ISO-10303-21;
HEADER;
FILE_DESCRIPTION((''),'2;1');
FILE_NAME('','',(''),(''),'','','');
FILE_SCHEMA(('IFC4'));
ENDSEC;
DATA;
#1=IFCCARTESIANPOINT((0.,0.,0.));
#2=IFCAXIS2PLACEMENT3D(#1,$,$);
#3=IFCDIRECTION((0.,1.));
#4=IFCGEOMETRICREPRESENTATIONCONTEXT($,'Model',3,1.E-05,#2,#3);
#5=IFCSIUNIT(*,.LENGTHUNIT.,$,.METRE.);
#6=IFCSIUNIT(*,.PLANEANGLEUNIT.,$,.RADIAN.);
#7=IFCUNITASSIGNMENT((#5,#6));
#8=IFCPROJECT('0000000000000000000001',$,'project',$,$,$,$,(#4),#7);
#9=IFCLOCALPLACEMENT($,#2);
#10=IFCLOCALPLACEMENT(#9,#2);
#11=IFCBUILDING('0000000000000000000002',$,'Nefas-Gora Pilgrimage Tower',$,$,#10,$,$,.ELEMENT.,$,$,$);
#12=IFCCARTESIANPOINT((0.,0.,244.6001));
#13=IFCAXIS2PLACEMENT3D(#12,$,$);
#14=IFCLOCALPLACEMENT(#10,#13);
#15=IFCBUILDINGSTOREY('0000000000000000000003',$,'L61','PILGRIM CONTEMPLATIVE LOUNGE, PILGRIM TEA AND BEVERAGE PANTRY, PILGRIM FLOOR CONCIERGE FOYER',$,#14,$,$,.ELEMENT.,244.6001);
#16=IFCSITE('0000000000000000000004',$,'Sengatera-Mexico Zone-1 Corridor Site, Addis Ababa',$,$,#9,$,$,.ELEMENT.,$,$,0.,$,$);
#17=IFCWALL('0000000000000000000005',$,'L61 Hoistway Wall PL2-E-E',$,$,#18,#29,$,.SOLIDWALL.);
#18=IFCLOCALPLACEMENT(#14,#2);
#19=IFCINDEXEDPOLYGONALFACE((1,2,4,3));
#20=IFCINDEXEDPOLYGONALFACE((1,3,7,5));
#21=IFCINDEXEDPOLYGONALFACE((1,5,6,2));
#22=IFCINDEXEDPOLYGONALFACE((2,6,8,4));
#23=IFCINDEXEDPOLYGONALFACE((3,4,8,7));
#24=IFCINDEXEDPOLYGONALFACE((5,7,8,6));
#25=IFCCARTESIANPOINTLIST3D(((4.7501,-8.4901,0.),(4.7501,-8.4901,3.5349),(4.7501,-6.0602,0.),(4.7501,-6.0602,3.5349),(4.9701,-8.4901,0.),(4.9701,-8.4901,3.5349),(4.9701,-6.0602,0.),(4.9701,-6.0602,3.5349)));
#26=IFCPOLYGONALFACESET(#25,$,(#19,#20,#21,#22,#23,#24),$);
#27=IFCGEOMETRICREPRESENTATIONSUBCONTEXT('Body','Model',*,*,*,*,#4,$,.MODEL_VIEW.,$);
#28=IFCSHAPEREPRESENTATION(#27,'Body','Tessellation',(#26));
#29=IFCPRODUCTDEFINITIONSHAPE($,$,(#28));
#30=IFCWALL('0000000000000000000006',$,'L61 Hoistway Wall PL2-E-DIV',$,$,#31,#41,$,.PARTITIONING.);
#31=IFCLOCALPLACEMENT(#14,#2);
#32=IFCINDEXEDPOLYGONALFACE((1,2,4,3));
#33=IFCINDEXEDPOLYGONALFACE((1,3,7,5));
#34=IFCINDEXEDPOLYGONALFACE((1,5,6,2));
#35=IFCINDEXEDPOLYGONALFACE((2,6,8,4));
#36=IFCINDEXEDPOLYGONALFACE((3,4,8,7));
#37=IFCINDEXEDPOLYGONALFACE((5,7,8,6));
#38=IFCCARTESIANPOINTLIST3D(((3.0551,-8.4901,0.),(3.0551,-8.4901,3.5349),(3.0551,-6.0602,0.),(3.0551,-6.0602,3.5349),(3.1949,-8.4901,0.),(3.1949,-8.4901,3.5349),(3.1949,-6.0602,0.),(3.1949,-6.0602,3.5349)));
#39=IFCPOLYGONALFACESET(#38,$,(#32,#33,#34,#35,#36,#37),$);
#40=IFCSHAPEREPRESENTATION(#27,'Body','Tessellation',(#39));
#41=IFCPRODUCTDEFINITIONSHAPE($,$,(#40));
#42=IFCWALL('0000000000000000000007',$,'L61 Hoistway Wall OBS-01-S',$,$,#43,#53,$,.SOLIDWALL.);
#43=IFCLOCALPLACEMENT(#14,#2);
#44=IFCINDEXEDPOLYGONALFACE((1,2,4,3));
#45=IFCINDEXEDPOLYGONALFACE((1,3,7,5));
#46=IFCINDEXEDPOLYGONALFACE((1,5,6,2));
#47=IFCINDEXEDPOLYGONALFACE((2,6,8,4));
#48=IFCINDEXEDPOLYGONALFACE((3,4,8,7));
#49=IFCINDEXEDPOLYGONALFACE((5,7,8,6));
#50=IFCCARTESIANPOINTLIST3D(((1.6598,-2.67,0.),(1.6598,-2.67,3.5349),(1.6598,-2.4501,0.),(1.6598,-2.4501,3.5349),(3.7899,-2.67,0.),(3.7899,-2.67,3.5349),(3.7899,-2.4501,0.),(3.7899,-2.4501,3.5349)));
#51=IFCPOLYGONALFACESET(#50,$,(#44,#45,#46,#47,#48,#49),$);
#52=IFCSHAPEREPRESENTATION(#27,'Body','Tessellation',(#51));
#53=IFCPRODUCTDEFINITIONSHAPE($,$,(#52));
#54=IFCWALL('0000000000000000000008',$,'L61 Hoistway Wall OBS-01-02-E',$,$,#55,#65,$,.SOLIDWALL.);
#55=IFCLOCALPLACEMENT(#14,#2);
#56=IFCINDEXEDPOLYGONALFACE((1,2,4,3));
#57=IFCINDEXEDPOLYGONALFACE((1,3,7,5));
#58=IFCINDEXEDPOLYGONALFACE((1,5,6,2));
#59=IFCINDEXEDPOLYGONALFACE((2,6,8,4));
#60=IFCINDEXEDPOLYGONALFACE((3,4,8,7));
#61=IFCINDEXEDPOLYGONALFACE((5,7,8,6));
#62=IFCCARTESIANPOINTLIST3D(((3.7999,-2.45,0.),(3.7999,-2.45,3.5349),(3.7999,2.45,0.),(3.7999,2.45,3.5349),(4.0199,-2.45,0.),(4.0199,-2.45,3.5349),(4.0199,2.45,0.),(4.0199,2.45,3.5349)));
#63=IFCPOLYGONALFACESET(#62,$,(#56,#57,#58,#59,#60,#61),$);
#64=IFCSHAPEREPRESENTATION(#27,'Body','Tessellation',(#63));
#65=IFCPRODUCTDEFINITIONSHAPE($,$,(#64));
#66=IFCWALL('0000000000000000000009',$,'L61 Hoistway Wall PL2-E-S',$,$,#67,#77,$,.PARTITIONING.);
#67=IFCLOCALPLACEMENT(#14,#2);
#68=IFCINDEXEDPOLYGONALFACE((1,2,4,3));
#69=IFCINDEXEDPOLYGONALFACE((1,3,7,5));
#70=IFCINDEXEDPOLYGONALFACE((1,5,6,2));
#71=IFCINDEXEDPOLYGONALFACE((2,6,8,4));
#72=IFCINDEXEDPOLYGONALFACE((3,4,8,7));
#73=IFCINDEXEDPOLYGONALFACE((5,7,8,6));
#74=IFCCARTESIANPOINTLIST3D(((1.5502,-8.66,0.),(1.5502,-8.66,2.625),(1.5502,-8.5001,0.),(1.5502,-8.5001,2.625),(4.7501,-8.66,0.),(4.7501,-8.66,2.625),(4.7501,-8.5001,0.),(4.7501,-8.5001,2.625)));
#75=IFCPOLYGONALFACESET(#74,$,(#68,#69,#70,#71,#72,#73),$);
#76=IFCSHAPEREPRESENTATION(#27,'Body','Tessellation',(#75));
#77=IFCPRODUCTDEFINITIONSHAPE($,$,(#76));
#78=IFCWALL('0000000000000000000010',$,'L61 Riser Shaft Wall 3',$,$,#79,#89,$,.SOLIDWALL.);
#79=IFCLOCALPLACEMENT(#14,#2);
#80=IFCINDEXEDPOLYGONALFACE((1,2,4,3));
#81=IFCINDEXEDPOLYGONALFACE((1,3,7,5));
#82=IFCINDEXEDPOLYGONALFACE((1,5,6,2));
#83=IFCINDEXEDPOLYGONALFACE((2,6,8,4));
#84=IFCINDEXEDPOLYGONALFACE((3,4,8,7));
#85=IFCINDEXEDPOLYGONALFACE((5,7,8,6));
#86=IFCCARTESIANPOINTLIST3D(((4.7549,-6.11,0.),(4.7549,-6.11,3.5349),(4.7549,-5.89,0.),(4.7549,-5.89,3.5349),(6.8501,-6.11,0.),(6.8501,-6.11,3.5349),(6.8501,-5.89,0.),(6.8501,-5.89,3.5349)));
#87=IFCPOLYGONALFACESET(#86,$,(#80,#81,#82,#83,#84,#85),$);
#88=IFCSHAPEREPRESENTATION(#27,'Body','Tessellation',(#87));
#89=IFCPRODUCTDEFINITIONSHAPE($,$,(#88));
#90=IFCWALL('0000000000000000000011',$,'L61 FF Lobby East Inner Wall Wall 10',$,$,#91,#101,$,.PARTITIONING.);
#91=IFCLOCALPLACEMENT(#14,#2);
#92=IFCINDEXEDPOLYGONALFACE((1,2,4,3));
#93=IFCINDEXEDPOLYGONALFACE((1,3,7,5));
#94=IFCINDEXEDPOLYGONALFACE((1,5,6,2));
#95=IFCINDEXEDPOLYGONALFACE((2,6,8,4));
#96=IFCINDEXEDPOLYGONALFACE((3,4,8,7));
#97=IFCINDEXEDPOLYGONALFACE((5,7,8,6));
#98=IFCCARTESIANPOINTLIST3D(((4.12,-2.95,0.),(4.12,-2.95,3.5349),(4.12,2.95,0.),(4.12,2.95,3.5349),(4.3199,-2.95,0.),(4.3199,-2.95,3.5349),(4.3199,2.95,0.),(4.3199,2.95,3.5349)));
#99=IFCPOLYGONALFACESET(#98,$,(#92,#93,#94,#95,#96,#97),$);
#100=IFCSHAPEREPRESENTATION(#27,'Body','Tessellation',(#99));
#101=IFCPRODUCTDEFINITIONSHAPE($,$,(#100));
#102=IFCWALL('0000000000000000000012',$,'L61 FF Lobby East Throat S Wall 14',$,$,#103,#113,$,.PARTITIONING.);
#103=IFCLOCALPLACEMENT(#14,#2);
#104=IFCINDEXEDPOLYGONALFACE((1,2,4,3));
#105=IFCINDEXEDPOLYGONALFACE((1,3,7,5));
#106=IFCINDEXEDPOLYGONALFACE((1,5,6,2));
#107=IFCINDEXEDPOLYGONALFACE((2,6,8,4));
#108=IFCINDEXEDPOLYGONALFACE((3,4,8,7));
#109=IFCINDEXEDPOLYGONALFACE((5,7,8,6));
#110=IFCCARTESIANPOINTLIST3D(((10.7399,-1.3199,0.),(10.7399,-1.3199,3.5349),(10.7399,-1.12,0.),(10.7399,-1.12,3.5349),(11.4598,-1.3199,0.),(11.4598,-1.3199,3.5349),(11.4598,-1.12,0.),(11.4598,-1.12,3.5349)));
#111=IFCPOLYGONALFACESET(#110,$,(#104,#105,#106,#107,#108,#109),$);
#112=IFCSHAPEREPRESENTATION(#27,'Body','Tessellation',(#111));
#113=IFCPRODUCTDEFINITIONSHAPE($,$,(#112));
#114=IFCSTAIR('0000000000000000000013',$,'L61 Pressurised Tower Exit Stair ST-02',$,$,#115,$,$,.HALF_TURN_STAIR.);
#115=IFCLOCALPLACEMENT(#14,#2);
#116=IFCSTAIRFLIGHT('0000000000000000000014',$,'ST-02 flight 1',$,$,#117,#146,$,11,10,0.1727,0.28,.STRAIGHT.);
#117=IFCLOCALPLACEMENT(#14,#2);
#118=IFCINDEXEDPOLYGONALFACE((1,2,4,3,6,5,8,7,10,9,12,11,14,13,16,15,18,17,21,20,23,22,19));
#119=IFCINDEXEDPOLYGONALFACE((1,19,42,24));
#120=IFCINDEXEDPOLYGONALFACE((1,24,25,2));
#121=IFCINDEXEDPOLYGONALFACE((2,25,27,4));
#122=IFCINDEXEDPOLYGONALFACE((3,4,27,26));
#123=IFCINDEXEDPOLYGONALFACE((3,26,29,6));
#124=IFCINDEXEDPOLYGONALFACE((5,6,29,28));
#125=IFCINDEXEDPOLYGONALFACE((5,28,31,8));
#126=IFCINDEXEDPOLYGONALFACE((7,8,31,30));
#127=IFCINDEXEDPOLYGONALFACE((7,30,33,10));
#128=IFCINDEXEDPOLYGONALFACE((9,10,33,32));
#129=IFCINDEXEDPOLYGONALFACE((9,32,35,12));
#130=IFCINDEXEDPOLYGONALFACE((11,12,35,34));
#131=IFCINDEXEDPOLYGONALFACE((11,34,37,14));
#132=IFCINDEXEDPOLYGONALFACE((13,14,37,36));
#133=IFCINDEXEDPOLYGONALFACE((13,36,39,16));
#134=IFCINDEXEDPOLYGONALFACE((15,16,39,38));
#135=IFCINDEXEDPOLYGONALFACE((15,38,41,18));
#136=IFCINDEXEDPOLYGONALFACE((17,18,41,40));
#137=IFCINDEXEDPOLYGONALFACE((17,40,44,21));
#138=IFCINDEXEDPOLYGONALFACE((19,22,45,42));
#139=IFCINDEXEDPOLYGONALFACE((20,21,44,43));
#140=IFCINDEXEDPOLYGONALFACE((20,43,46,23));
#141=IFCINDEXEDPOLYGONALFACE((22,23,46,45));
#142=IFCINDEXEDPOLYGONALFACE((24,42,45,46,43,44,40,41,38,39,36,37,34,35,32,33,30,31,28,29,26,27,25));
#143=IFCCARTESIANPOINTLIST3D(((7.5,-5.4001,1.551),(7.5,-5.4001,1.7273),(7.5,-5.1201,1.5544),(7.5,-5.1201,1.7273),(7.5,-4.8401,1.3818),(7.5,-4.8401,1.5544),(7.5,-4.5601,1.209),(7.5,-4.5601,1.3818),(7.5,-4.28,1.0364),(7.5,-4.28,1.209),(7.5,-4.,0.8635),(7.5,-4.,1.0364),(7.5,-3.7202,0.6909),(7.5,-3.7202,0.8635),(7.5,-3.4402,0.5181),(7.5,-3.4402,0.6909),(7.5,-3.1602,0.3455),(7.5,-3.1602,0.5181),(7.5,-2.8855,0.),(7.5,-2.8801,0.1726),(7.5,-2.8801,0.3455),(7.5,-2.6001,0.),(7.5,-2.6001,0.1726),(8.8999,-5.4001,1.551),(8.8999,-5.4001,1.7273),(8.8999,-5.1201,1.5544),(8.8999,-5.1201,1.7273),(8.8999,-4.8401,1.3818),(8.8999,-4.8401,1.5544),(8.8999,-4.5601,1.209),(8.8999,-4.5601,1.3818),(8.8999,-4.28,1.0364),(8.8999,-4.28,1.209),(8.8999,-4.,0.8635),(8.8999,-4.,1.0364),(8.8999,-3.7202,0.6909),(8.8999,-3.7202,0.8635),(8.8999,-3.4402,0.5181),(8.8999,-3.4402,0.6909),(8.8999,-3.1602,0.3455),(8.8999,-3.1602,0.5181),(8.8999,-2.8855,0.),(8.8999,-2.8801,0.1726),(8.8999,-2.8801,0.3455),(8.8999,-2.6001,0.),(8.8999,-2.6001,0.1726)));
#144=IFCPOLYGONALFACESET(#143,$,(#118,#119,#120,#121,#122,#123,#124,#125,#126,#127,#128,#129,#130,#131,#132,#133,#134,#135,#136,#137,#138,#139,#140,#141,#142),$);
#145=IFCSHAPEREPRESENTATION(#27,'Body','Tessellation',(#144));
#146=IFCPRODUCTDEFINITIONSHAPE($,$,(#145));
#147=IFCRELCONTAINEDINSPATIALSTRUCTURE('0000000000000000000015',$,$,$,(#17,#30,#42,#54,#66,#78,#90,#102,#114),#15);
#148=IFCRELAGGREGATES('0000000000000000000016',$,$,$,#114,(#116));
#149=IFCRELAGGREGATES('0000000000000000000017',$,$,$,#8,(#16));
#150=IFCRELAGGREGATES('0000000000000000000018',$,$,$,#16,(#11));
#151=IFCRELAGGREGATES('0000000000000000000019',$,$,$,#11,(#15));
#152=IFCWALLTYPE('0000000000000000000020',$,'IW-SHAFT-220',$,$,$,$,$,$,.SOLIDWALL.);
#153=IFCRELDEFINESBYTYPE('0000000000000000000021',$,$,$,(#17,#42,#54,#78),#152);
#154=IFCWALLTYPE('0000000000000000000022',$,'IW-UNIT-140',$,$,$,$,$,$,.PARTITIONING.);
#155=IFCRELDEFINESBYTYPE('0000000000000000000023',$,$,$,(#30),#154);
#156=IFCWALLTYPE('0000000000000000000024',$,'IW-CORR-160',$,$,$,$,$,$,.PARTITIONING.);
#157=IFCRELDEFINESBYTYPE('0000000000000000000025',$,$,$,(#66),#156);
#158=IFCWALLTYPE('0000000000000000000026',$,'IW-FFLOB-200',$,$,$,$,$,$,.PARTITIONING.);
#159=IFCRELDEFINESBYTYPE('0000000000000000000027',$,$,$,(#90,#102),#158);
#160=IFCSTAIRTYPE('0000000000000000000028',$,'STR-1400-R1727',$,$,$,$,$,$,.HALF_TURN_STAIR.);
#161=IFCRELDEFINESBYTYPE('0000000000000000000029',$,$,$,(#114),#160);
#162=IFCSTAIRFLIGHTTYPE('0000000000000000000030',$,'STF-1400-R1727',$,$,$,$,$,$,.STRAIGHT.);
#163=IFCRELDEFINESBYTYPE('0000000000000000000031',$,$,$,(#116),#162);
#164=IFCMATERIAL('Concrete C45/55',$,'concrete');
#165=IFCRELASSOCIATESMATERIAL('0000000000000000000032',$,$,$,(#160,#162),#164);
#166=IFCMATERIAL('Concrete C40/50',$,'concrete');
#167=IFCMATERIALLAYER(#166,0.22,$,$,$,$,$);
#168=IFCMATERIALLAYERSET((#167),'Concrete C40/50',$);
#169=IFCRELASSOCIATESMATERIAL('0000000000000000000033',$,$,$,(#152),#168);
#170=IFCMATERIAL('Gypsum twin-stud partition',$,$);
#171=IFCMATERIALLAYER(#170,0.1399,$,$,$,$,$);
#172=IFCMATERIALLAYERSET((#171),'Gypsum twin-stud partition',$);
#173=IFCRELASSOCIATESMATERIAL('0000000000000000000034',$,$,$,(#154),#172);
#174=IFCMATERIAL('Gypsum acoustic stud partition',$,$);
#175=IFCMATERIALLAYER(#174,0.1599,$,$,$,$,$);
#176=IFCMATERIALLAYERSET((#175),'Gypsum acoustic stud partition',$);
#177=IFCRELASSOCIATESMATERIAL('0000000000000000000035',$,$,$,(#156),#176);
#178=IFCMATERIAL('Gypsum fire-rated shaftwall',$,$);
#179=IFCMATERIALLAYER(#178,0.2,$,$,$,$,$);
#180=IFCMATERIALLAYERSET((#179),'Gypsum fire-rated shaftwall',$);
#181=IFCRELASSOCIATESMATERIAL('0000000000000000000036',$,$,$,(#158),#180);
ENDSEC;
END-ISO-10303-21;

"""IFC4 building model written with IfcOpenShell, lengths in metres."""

from ifc_helpers import new_model, si_unit, direction, frame, frame_2d, origin, place, context, subcontext, project, spatial, polyline, rectangle, outline, extrude, source, transform, mapped, material, layer, layer_set, type_object, element, aggregate, save


model = new_model("IFC4")

# Units and contexts
model_context = context("Model", 3, precision=1e-05, world=origin(), true_north=direction((0.0, 1.0)))
body_context = subcontext(model_context, "Body", "Model", "MODEL_VIEW")
ifc_project = project(units=[si_unit("LENGTHUNIT", "METRE"), si_unit("PLANEANGLEUNIT", "RADIAN")], contexts=[model_context])

# Site, building, storey
site_placement = place(None, origin())
site = spatial("IfcSite", under=ifc_project, at=site_placement, Name="Sengatera-Mexico Zone-1 Corridor Site, Addis Ababa", CompositionType="ELEMENT", RefElevation=0.0)
building_placement = place(site_placement, origin())
building = spatial("IfcBuilding", under=site, at=building_placement, Name="Nefas-Gora Pilgrimage Tower", CompositionType="ELEMENT")
storey_placement = place(building_placement, frame((0.0, 0.0, 244.6001)))
storey = spatial("IfcBuildingStorey", under=building, at=storey_placement, Name="L61", Description="PILGRIM CONTEMPLATIVE LOUNGE, PILGRIM TEA AND BEVERAGE PANTRY, PILGRIM FLOOR CONCIERGE FOYER", CompositionType="ELEMENT", Elevation=244.6001)

# Shared definitions
ifc_material_1 = material(Name="Concrete C40/50", Category="concrete")

# Shared definitions
ifc_material_2 = material(Name="Concrete C45/55", Category="concrete")
stair_type = type_object("IfcStairType", Name="STR-1400-R1727", PredefinedType="HALF_TURN_STAIR", material=ifc_material_2)

# Shared definitions
ifc_layer_1 = layer(ifc_material_1, 0.22)
ifc_layer_set_1 = layer_set([ifc_layer_1], Name="Concrete C40/50")
wall_type_1 = type_object("IfcWallType", Name="IW-SHAFT-220", PredefinedType="SOLIDWALL", material=ifc_layer_set_1)

# Walls
shared_shape_1 = source(origin(), body_context, "Body", "SweptSolid", [
    extrude(rectangle(XDim=2.4299, YDim=0.22, at=frame_2d((1.2148, 0.0))), origin(), (0.0, 0.0, 1.0), 3.5349),
])
for number, where, z_axis, x_axis, name in (
    (1, (4.8601, -8.49, 0.0), (0.0, 0.0, 1.0), (0.0, 1.0, 0.0), "L61 Hoistway Wall PL2-E-E"),
):
    element("IfcWall", number, at=place(storey_placement, frame(where, z_axis=z_axis, x_axis=x_axis)), inside=storey, type_object=wall_type_1, Name=name, PredefinedType="SOLIDWALL", context=body_context, shape_type="MappedRepresentation", body=[
        mapped(shared_shape_1, transform((0.0, 0.0, 0.0), x_axis=(1.0, 0.0, 0.0), y_axis=(0.0, 1.0, 0.0), z_axis=(0.0, 0.0, 1.0), scale=1.0)),
    ])
ifc_material_3 = material(Name="Gypsum twin-stud partition")
ifc_layer_2 = layer(ifc_material_3, 0.1399)
ifc_layer_set_2 = layer_set([ifc_layer_2], Name="Gypsum twin-stud partition")
wall_type_2 = type_object("IfcWallType", Name="IW-UNIT-140", PredefinedType="PARTITIONING", material=ifc_layer_set_2)
shared_shape_2 = source(origin(), body_context, "Body", "SweptSolid", [
    extrude(rectangle(XDim=2.4299, YDim=0.1399, at=frame_2d((1.2148, 0.0))), origin(), (0.0, 0.0, 1.0), 3.5349),
])
wall_1_placement = place(storey_placement, frame((3.125, -8.49, 0.0), z_axis=(0.0, 0.0, 1.0), x_axis=(0.0, 1.0, 0.0)))
element("IfcWall", 2, at=wall_1_placement, inside=storey, type_object=wall_type_2, Name="L61 Hoistway Wall PL2-E-DIV", PredefinedType="PARTITIONING", context=body_context, shape_type="MappedRepresentation", body=[
    mapped(shared_shape_2, transform((0.0, 0.0, 0.0), x_axis=(1.0, 0.0, 0.0), y_axis=(0.0, 1.0, 0.0), z_axis=(0.0, 0.0, 1.0), scale=1.0)),
])
shared_shape_3 = source(origin(), body_context, "Body", "SweptSolid", [
    extrude(rectangle(XDim=2.1301, YDim=0.22, at=frame_2d((1.0649, 0.0))), origin(), (0.0, 0.0, 1.0), 3.5349),
])
wall_2_placement = place(storey_placement, frame((1.6599, -2.5601, 0.0), z_axis=(0.0, 0.0, 1.0), x_axis=(1.0, 0.0, 0.0)))
element("IfcWall", 3, at=wall_2_placement, inside=storey, type_object=wall_type_1, Name="L61 Hoistway Wall OBS-01-S", PredefinedType="SOLIDWALL", context=body_context, shape_type="MappedRepresentation", body=[
    mapped(shared_shape_3, transform((0.0, 0.0, 0.0), x_axis=(1.0, 0.0, 0.0), y_axis=(0.0, 1.0, 0.0), z_axis=(0.0, 0.0, 1.0), scale=1.0)),
])
shared_shape_4 = source(origin(), body_context, "Body", "SweptSolid", [
    extrude(rectangle(XDim=4.8999, YDim=0.22, at=frame_2d((2.45, 0.0))), origin(), (0.0, 0.0, 1.0), 3.5349),
])
wall_3_placement = place(storey_placement, frame((3.9099, -2.45, 0.0), z_axis=(0.0, 0.0, 1.0), x_axis=(0.0, 1.0, 0.0)))
element("IfcWall", 4, at=wall_3_placement, inside=storey, type_object=wall_type_1, Name="L61 Hoistway Wall OBS-01-02-E", PredefinedType="SOLIDWALL", context=body_context, shape_type="MappedRepresentation", body=[
    mapped(shared_shape_4, transform((0.0, 0.0, 0.0), x_axis=(1.0, 0.0, 0.0), y_axis=(0.0, 1.0, 0.0), z_axis=(0.0, 0.0, 1.0), scale=1.0)),
])
ifc_material_4 = material(Name="Gypsum acoustic stud partition")
ifc_layer_3 = layer(ifc_material_4, 0.1599)
ifc_layer_set_3 = layer_set([ifc_layer_3], Name="Gypsum acoustic stud partition")
wall_type_3 = type_object("IfcWallType", Name="IW-CORR-160", PredefinedType="PARTITIONING", material=ifc_layer_set_3)
shared_shape_5 = source(origin(), body_context, "Body", "SweptSolid", [
    extrude(rectangle(XDim=3.2, YDim=0.1599, at=frame_2d((1.6001, 0.0))), origin(), (0.0, 0.0, 1.0), 2.625),
])
wall_4_placement = place(storey_placement, frame((1.55, -8.5801, 0.0), z_axis=(0.0, 0.0, 1.0), x_axis=(1.0, 0.0, 0.0)))
element("IfcWall", 5, at=wall_4_placement, inside=storey, type_object=wall_type_3, Name="L61 Hoistway Wall PL2-E-S", PredefinedType="PARTITIONING", context=body_context, shape_type="MappedRepresentation", body=[
    mapped(shared_shape_5, transform((0.0, 0.0, 0.0), x_axis=(1.0, 0.0, 0.0), y_axis=(0.0, 1.0, 0.0), z_axis=(0.0, 0.0, 1.0), scale=1.0)),
])
shared_shape_6 = source(origin(), body_context, "Body", "SweptSolid", [
    extrude(rectangle(XDim=2.0952, YDim=0.22, at=frame_2d((1.0476, 0.0))), origin(), (0.0, 0.0, 1.0), 3.5349),
])
wall_5_placement = place(storey_placement, frame((4.7549, -6.0, 0.0), z_axis=(0.0, 0.0, 1.0), x_axis=(1.0, 0.0, 0.0)))
element("IfcWall", 6, at=wall_5_placement, inside=storey, type_object=wall_type_1, Name="L61 Riser Shaft Wall 3", PredefinedType="SOLIDWALL", context=body_context, shape_type="MappedRepresentation", body=[
    mapped(shared_shape_6, transform((0.0, 0.0, 0.0), x_axis=(1.0, 0.0, 0.0), y_axis=(0.0, 1.0, 0.0), z_axis=(0.0, 0.0, 1.0), scale=1.0)),
])
ifc_material_5 = material(Name="Gypsum fire-rated shaftwall")
ifc_layer_4 = layer(ifc_material_5, 0.2)
ifc_layer_set_4 = layer_set([ifc_layer_4], Name="Gypsum fire-rated shaftwall")
wall_type_4 = type_object("IfcWallType", Name="IW-FFLOB-200", PredefinedType="PARTITIONING", material=ifc_layer_set_4)
shared_shape_7 = source(origin(), body_context, "Body", "SweptSolid", [
    extrude(rectangle(XDim=5.8999, YDim=0.2, at=frame_2d((2.95, 0.0))), origin(), (0.0, 0.0, 1.0), 3.5349),
])
wall_6_placement = place(storey_placement, frame((4.22, -2.95, 0.0), z_axis=(0.0, 0.0, 1.0), x_axis=(0.0, 1.0, 0.0)))
element("IfcWall", 7, at=wall_6_placement, inside=storey, type_object=wall_type_4, Name="L61 FF Lobby East Inner Wall Wall 10", PredefinedType="PARTITIONING", context=body_context, shape_type="MappedRepresentation", body=[
    mapped(shared_shape_7, transform((0.0, 0.0, 0.0), x_axis=(1.0, 0.0, 0.0), y_axis=(0.0, 1.0, 0.0), z_axis=(0.0, 0.0, 1.0), scale=1.0)),
])
shared_shape_8 = source(origin(), body_context, "Body", "SweptSolid", [
    extrude(rectangle(XDim=0.72, YDim=0.2, at=frame_2d((0.3599, 0.0))), origin(), (0.0, 0.0, 1.0), 3.5349),
])
wall_7_placement = place(storey_placement, frame((10.74, -1.22, 0.0), z_axis=(0.0, 0.0, 1.0), x_axis=(1.0, 0.0, 0.0)))
element("IfcWall", 8, at=wall_7_placement, inside=storey, type_object=wall_type_4, Name="L61 FF Lobby East Throat S Wall 14", PredefinedType="PARTITIONING", context=body_context, shape_type="MappedRepresentation", body=[
    mapped(shared_shape_8, transform((0.0, 0.0, 0.0), x_axis=(1.0, 0.0, 0.0), y_axis=(0.0, 1.0, 0.0), z_axis=(0.0, 0.0, 1.0), scale=1.0)),
])

# Stair, stair flight
stair_1_placement = place(storey_placement, origin())
stair_1 = element("IfcStair", 9, at=stair_1_placement, inside=storey, type_object=stair_type, Name="L61 Pressurised Tower Exit Stair ST-02", PredefinedType="HALF_TURN_STAIR")
stair_flight_type = type_object("IfcStairFlightType", Name="STF-1400-R1727", PredefinedType="STRAIGHT", material=ifc_material_2)
shared_shape_9 = source(origin(), body_context, "Body", "SweptSolid", [
    extrude(outline(polyline([(0.0, 0.0), (0.0, 0.1726), (0.28, 0.1726), (0.28, 0.3455), (0.5601, 0.3455), (0.5601, 0.5181), (0.8401, 0.5181), (0.8401, 0.6909), (1.1201, 0.6909), (1.1201, 0.8635), (1.3999, 0.8635), (1.3999, 1.0364), (1.6799, 1.0364), (1.6799, 1.209), (1.96, 1.209), (1.96, 1.3818), (2.24, 1.3818), (2.24, 1.5544), (2.52, 1.5544), (2.52, 1.7273), (2.8, 1.7273), (2.8, 1.8999), (2.8, 1.551), (0.2854, 0.0), (0.0, 0.0)])), frame((0.0, 0.7, 0.0), z_axis=(0.0, -1.0, 0.0), x_axis=(1.0, 0.0, 0.0)), (0.0, 0.0, 1.0), 1.3999),
])
stair_flight_1_placement = place(storey_placement, frame((8.2, -2.6001, 0.0), z_axis=(0.0, 0.0, 1.0), x_axis=(0.0, -1.0, 0.0)))
stair_flight_1 = element("IfcStairFlight", 10, at=stair_flight_1_placement, type_object=stair_flight_type, Name="ST-02 flight 1", NumberOfRisers=11, NumberOfTreads=10, PredefinedType="STRAIGHT", RiserHeight=0.1727, TreadLength=0.28, context=body_context, shape_type="MappedRepresentation", body=[
    mapped(shared_shape_9, transform((0.0, 0.0, 0.0), x_axis=(1.0, 0.0, 0.0), y_axis=(0.0, 1.0, 0.0), z_axis=(0.0, 0.0, 1.0), scale=1.0)),
])
aggregate(stair_1, [stair_flight_1])

save(model, "model.ifc")
